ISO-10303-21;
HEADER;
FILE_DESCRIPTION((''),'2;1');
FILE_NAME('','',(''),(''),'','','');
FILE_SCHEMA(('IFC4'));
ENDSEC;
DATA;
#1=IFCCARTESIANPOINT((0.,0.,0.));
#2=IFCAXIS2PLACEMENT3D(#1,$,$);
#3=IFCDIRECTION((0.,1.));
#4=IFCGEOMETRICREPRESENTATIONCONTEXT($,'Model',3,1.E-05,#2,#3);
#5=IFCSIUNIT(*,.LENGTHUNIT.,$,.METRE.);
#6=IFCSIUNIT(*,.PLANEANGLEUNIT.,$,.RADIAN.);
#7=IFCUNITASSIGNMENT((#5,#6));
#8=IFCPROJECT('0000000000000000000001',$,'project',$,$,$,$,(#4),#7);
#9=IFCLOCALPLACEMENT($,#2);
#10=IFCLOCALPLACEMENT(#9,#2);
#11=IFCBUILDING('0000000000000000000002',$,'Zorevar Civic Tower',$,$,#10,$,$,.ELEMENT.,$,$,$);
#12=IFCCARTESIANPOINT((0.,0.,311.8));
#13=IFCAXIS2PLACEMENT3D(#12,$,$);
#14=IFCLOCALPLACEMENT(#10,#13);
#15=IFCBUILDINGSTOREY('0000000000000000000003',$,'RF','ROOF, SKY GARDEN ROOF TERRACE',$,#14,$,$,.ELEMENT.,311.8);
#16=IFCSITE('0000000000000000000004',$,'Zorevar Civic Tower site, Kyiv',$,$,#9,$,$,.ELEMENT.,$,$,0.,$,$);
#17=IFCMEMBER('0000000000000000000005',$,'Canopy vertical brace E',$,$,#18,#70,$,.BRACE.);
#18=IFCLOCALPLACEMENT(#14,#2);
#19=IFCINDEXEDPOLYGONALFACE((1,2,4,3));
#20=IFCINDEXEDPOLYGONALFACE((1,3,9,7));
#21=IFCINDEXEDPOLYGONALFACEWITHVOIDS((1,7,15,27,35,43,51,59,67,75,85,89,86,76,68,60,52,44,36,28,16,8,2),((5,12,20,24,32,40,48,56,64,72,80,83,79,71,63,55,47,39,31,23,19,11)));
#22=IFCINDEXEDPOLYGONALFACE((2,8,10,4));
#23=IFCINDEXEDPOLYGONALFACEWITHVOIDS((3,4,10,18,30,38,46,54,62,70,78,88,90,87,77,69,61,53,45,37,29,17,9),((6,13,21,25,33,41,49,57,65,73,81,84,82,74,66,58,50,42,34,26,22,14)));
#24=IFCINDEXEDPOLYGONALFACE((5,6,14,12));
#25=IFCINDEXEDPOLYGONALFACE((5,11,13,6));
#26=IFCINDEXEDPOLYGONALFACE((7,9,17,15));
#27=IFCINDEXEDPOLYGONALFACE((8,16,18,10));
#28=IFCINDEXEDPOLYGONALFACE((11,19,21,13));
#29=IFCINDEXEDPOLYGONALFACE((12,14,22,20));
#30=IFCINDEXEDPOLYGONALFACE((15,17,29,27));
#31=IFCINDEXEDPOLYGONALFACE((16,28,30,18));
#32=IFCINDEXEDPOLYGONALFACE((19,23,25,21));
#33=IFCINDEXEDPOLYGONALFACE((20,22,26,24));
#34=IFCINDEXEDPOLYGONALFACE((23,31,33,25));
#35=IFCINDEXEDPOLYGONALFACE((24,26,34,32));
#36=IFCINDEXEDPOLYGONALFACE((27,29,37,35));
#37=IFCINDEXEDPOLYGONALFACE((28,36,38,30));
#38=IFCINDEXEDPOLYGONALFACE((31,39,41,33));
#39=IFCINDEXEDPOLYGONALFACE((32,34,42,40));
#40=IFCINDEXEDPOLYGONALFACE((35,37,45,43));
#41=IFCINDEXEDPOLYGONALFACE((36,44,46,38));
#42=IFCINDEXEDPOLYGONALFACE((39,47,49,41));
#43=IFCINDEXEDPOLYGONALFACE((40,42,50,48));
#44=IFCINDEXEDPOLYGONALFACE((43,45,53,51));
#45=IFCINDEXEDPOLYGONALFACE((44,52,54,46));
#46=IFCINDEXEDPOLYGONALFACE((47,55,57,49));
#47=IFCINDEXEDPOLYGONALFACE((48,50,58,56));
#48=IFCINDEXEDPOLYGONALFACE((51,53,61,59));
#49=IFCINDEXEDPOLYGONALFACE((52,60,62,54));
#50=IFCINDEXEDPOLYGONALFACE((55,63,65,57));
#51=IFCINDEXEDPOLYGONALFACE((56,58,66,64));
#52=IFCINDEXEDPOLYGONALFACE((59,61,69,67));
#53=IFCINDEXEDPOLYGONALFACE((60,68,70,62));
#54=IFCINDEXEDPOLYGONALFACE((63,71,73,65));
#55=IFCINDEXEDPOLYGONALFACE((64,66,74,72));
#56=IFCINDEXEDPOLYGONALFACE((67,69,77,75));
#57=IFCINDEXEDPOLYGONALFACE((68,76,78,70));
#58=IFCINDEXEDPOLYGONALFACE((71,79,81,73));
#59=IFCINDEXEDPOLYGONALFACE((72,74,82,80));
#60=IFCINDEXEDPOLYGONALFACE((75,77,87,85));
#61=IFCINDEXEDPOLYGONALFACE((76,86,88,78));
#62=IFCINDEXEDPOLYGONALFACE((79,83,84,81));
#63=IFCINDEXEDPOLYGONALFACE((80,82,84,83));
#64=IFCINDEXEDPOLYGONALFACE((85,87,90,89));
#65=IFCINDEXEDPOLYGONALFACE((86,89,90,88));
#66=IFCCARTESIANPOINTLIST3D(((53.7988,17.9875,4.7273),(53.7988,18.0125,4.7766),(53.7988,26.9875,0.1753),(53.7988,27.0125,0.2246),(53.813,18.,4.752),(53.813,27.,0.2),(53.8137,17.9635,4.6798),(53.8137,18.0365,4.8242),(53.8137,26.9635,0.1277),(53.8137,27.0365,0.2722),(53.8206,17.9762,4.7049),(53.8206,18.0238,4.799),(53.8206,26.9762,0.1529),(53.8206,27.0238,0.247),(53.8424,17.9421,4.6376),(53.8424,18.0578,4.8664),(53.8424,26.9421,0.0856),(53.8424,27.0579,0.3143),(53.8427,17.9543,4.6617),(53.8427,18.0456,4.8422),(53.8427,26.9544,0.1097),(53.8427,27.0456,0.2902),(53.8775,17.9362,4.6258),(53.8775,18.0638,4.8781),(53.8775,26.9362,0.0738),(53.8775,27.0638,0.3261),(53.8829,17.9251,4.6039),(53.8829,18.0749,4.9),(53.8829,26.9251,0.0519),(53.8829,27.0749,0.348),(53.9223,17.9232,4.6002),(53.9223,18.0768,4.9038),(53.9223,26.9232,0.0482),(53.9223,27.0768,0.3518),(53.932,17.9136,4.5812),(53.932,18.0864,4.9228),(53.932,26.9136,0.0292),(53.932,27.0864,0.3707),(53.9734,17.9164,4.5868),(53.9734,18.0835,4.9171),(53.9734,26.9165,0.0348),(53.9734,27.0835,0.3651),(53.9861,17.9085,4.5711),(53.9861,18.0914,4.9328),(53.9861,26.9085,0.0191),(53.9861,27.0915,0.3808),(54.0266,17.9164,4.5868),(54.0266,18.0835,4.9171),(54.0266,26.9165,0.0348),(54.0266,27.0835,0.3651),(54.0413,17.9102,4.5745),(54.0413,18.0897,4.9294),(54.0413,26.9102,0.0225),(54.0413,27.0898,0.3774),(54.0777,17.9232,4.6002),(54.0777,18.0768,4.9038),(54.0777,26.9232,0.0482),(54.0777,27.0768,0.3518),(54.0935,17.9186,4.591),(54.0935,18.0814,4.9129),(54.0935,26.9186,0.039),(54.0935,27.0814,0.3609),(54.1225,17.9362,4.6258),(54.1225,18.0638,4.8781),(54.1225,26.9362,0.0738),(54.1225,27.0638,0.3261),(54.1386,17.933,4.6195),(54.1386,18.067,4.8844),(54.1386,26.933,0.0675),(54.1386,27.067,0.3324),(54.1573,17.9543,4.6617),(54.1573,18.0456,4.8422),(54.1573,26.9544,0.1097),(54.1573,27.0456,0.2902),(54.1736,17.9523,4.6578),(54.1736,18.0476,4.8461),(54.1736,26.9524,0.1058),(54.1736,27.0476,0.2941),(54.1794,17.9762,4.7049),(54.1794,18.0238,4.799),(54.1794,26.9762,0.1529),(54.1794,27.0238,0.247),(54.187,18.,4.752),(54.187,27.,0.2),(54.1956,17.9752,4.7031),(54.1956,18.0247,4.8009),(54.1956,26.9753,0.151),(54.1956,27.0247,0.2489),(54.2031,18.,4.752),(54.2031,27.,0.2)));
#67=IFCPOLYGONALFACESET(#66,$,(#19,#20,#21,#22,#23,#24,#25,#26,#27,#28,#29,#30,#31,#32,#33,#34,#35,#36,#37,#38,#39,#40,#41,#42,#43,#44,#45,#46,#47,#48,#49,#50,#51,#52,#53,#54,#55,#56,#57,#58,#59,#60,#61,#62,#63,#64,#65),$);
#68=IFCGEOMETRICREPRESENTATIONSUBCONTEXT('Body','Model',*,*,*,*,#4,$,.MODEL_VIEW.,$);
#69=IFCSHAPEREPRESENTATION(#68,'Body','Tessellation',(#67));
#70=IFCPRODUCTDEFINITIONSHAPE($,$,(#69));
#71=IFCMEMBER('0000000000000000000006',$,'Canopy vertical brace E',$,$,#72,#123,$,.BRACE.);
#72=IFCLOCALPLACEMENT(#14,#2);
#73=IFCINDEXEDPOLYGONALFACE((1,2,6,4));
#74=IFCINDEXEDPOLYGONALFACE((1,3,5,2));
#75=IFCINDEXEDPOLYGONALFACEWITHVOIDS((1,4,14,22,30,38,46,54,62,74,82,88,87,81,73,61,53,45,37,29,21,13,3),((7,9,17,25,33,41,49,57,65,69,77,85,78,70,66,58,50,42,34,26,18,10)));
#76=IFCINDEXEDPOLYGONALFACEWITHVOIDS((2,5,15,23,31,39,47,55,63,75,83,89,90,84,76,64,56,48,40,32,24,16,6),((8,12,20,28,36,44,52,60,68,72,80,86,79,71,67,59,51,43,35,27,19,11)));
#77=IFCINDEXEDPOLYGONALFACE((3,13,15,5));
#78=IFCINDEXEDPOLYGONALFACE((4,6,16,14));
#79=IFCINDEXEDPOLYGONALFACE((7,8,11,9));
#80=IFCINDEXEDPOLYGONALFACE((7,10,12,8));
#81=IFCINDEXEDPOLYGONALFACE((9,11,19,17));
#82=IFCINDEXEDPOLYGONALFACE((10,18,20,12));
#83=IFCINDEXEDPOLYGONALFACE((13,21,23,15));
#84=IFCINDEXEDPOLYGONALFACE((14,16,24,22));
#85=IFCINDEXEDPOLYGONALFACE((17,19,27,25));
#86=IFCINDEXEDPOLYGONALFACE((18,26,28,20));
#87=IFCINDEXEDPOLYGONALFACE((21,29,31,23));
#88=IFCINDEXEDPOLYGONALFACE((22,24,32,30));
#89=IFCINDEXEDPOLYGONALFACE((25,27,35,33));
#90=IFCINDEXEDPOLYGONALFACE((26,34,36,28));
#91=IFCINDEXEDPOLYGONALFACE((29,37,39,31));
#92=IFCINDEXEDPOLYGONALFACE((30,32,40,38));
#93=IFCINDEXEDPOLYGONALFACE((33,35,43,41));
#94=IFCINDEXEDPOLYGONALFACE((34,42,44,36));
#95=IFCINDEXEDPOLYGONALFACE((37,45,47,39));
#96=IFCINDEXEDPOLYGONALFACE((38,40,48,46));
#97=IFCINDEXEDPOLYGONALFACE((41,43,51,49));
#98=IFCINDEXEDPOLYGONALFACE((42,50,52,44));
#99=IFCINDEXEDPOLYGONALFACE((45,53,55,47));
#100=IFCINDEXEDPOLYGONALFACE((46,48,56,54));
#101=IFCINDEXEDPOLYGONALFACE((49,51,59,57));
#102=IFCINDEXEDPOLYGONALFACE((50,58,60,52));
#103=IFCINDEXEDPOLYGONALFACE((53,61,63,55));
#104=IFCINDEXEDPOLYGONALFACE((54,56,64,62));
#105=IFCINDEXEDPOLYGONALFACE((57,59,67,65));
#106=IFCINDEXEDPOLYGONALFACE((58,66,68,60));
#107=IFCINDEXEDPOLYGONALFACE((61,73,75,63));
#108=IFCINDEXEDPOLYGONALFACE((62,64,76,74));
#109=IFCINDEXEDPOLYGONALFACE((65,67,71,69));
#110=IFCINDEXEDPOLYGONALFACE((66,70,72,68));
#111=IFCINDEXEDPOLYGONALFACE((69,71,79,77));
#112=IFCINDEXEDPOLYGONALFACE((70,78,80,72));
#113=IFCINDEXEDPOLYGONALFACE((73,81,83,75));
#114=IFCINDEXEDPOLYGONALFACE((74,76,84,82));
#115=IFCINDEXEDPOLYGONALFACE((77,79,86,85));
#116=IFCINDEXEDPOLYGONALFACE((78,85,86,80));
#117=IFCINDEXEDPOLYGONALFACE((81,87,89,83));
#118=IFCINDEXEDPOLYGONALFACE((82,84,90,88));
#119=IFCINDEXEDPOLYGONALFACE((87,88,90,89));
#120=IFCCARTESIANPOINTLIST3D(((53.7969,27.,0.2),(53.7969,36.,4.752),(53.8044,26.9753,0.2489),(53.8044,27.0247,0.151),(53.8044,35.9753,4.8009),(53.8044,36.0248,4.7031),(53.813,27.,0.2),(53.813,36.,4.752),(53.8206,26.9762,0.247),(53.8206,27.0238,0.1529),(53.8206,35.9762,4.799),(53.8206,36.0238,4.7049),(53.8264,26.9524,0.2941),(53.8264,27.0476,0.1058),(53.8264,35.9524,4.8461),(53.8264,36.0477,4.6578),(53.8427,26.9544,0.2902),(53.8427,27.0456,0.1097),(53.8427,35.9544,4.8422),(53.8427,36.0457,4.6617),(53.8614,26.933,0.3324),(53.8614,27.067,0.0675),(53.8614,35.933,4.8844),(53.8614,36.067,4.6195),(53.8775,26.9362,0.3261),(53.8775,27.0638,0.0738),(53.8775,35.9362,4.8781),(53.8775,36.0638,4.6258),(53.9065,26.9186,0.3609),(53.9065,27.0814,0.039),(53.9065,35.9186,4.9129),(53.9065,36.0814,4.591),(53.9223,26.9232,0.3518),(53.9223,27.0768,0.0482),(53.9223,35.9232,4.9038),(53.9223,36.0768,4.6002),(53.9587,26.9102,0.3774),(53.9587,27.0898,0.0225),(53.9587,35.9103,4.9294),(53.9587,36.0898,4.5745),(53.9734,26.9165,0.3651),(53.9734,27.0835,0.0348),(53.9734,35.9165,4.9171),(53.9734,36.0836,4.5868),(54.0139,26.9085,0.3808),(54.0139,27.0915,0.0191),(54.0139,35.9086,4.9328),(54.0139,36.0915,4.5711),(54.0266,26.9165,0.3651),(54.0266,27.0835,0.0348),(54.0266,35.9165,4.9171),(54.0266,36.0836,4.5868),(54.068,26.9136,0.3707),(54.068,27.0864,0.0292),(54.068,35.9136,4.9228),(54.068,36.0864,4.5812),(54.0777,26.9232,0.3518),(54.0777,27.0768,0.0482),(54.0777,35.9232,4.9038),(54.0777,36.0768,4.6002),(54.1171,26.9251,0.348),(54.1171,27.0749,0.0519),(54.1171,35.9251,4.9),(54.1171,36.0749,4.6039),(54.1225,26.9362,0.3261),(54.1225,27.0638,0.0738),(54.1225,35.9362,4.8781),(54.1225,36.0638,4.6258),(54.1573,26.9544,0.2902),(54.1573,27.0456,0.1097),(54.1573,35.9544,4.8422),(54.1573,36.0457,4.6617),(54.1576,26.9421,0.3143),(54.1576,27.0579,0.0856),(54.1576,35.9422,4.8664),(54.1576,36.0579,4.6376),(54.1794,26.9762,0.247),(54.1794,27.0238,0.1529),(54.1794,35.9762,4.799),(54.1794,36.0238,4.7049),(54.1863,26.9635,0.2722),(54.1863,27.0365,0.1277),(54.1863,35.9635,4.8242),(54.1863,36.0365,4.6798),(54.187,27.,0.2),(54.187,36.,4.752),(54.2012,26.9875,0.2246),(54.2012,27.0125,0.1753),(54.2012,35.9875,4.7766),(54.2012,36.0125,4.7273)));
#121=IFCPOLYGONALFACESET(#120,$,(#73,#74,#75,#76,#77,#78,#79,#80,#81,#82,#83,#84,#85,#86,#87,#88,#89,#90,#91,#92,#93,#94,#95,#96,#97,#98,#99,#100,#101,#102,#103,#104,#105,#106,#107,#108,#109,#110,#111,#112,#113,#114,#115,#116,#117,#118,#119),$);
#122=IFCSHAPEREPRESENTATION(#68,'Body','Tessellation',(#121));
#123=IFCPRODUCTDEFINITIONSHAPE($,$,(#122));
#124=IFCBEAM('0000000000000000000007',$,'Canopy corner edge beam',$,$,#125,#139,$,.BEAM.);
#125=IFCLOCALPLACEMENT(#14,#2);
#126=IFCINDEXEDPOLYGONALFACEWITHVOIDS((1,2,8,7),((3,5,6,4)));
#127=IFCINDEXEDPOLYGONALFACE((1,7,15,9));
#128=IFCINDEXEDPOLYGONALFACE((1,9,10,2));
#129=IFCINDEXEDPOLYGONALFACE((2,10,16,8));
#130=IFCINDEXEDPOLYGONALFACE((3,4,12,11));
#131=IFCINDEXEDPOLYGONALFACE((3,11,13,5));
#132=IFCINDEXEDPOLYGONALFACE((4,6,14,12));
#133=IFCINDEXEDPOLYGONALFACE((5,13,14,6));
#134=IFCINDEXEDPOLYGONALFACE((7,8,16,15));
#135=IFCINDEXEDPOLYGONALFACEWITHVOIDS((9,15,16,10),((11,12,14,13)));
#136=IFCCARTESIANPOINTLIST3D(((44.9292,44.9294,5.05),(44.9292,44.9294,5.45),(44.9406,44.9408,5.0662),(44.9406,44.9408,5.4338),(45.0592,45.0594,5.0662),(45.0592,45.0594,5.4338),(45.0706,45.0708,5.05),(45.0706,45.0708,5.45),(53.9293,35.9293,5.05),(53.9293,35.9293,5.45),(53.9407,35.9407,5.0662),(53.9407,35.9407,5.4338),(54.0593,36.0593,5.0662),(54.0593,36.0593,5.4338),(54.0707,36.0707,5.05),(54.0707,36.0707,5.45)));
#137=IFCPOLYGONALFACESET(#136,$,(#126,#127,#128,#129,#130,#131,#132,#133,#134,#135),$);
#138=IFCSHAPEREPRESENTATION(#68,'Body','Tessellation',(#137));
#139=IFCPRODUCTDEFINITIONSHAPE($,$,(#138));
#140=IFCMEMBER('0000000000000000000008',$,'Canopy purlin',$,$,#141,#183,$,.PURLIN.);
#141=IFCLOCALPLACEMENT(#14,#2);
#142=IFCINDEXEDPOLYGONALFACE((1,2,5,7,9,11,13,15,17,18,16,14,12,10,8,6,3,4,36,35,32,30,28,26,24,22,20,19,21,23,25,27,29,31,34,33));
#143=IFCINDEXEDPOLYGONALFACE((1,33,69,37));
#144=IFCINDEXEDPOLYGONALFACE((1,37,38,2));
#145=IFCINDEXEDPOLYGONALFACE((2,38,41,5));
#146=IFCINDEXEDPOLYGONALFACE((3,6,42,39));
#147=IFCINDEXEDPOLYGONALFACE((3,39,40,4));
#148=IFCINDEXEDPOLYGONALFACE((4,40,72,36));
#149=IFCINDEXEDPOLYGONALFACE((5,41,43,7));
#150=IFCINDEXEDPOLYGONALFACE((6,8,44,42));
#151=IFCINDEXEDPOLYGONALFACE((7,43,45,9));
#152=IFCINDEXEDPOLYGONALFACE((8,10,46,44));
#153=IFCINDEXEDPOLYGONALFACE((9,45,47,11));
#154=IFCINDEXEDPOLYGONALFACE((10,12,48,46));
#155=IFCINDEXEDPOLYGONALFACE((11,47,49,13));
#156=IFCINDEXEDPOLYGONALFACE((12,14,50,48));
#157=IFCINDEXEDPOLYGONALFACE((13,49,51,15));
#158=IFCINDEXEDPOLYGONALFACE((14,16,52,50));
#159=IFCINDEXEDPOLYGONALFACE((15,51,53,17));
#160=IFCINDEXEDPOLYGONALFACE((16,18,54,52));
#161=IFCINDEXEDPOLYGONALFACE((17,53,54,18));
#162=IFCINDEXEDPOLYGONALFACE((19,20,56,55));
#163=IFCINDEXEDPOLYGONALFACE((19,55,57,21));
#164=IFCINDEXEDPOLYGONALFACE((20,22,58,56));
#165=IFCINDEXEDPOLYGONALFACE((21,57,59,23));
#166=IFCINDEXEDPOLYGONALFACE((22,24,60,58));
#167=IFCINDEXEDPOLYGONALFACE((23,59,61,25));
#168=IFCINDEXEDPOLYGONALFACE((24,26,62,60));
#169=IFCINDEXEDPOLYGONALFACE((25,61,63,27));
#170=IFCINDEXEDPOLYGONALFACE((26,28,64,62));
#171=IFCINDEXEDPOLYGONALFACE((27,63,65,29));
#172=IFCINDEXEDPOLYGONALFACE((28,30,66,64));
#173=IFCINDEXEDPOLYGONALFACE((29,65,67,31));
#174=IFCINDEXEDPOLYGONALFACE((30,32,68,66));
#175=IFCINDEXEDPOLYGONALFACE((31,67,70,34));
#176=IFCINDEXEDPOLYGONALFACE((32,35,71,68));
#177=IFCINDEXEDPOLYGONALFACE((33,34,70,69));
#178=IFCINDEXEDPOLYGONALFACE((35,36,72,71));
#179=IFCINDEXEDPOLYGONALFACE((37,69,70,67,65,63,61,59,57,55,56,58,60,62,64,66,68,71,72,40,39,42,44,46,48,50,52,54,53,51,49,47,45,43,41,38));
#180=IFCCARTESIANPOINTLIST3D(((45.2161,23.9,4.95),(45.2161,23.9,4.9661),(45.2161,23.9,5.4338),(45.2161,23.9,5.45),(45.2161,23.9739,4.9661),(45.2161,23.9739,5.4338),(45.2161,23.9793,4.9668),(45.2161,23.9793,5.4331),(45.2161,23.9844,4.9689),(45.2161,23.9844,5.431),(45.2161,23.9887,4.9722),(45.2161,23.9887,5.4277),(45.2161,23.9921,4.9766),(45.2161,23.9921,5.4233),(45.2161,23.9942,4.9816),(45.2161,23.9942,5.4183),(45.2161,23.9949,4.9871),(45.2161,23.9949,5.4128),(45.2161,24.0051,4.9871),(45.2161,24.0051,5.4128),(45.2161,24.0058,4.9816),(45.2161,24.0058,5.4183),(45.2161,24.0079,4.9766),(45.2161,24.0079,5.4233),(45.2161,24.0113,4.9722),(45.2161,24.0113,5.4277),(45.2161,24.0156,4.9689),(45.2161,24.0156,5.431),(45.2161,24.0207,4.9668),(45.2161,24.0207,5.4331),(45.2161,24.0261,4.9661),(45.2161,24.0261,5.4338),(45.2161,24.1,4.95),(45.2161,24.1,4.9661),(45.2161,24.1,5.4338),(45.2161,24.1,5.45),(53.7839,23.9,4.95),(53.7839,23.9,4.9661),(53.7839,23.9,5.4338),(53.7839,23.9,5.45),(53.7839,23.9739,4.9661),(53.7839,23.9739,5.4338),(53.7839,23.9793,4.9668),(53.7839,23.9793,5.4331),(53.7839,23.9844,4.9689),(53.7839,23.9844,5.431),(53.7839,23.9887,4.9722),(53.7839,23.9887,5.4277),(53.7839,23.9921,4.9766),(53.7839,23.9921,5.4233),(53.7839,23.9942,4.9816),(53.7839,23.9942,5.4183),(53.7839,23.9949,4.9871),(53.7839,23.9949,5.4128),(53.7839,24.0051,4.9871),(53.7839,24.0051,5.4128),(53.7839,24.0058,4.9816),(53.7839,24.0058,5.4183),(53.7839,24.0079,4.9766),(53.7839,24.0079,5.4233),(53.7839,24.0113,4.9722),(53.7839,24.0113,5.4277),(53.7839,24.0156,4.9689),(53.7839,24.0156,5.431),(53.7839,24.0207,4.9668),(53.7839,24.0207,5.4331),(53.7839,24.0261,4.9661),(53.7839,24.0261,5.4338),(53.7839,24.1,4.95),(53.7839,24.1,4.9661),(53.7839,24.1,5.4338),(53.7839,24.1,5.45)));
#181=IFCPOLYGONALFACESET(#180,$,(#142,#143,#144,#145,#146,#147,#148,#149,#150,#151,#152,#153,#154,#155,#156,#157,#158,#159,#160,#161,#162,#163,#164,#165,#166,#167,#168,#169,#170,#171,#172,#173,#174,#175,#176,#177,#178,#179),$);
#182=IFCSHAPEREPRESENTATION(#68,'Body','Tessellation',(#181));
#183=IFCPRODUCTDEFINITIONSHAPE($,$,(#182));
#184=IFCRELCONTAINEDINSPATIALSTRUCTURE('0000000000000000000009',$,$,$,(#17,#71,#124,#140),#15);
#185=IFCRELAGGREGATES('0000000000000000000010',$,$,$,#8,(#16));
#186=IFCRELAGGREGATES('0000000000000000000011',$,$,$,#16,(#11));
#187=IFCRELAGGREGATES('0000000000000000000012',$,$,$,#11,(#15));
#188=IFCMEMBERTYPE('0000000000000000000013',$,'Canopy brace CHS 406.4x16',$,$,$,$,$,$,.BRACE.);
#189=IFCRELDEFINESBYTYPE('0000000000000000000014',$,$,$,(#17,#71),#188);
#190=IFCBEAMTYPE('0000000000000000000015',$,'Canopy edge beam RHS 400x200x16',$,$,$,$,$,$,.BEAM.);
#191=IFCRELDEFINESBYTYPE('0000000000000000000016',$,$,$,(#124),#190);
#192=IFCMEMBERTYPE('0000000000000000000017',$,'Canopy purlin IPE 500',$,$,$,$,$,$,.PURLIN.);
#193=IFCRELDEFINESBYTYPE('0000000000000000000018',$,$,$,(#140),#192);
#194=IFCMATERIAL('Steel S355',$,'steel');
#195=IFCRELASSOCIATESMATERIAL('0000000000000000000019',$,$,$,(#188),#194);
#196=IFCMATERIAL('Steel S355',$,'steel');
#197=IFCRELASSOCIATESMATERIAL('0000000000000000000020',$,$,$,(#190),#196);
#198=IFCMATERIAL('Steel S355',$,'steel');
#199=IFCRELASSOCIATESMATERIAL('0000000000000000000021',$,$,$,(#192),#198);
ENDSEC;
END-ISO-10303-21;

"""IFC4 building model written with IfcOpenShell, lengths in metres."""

from ifc_helpers import new_model, si_unit, direction, frame, origin, origin_2d, place, context, subcontext, project, spatial, hollow_rectangle, hollow_circle, i_section, extrude, material, material_profile, profile_set, type_object, element, save


model = new_model("IFC4")

# Units and contexts
model_context = context("Model", 3, precision=1e-05, world=origin(), true_north=direction((0.0, 1.0)))
body_context = subcontext(model_context, "Body", "Model", "MODEL_VIEW")
ifc_project = project(units=[si_unit("LENGTHUNIT", "METRE"), si_unit("PLANEANGLEUNIT", "RADIAN")], contexts=[model_context])

# Site, building, storey
site_placement = place(None, origin())
site = spatial("IfcSite", under=ifc_project, at=site_placement, Name="Zorevar Civic Tower site, Kyiv", CompositionType="ELEMENT", RefElevation=0.0)
building_placement = place(site_placement, origin())
building = spatial("IfcBuilding", under=site, at=building_placement, Name="Zorevar Civic Tower", CompositionType="ELEMENT")
storey_placement = place(building_placement, frame((0.0, 0.0, 311.8)))
storey = spatial("IfcBuildingStorey", under=building, at=storey_placement, Name="RF", Description="ROOF, SKY GARDEN ROOF TERRACE", CompositionType="ELEMENT", Elevation=311.8)

# Members
ifc_material_1 = material(Name="Steel S355", Category="steel")
ifc_material_profile_1 = material_profile(ifc_material_1, hollow_circle(Radius=0.2031, WallThickness=0.0161, at=origin_2d()), Name="CHS 406.4x16")
ifc_profile_set_1 = profile_set([ifc_material_profile_1], Name="Steel S355")
member_type_1 = type_object("IfcMemberType", Name="Canopy brace CHS 406.4x16", PredefinedType="BRACE", material=ifc_profile_set_1)
for number, where, z_axis, x_axis, name in (
    (1, (54.0, 27.0, 0.2), (0.0, -0.892355, 0.451334), (1.0, 0.0, 0.0), "Canopy vertical brace E"),
    (2, (54.0, 27.0, 0.2), (0.0, 0.892355, 0.451334), (-1.0, 0.0, 0.0), "Canopy vertical brace E"),
):
    element("IfcMember", number, at=place(storey_placement, frame(where, z_axis=z_axis, x_axis=x_axis)), inside=storey, type_object=member_type_1, Name=name, PredefinedType="BRACE", context=body_context, shape_type="SweptSolid", body=[
        extrude(hollow_circle(Radius=0.2031, WallThickness=0.0161, at=origin_2d()), origin(), (0.0, 0.0, 1.0), 10.0857),
    ])

# Beam
ifc_material_2 = material(Name="Steel S355", Category="steel")
ifc_material_profile_2 = material_profile(ifc_material_2, hollow_rectangle(XDim=0.2, YDim=0.3999, WallThickness=0.0161, at=origin_2d()), Name="RHS 400x200x16")
ifc_profile_set_2 = profile_set([ifc_material_profile_2], Name="Steel S355")
beam_type_1 = type_object("IfcBeamType", Name="Canopy edge beam RHS 400x200x16", PredefinedType="BEAM", material=ifc_profile_set_2)
beam_1_placement = place(storey_placement, frame((54.0, 36.0, 5.25), z_axis=(-0.707107, 0.707107, 0.0), x_axis=(-0.707107, -0.707107, 0.0)))
element("IfcBeam", 3, at=beam_1_placement, inside=storey, type_object=beam_type_1, Name="Canopy corner edge beam", PredefinedType="BEAM", context=body_context, shape_type="SweptSolid", body=[
    extrude(hollow_rectangle(XDim=0.2, YDim=0.3999, WallThickness=0.0161, at=origin_2d()), origin(), (0.0, 0.0, 1.0), 12.728),
])

# Member
ifc_material_3 = material(Name="Steel S355", Category="steel")
ifc_material_profile_3 = material_profile(ifc_material_3, i_section(OverallWidth=0.2, OverallDepth=0.5, WebThickness=0.0103, FlangeThickness=0.0161, FilletRadius=0.021, at=origin_2d()), Name="IPE 500")
ifc_profile_set_3 = profile_set([ifc_material_profile_3], Name="Steel S355")
member_type_2 = type_object("IfcMemberType", Name="Canopy purlin IPE 500", PredefinedType="PURLIN", material=ifc_profile_set_3)
for number, where, z_axis, x_axis, name in (
    (4, (45.2161, 24.0, 5.2), (1.0, 0.0, 0.0), (0.0, 1.0, 0.0), "Canopy purlin"),
):
    element("IfcMember", number, at=place(storey_placement, frame(where, z_axis=z_axis, x_axis=x_axis)), inside=storey, type_object=member_type_2, Name=name, PredefinedType="PURLIN", context=body_context, shape_type="SweptSolid", body=[
        extrude(i_section(OverallWidth=0.2, OverallDepth=0.5, WebThickness=0.0103, FlangeThickness=0.0161, FilletRadius=0.021, at=origin_2d()), origin(), (0.0, 0.0, 1.0), 8.5679),
    ])

save(model, "model.ifc")
